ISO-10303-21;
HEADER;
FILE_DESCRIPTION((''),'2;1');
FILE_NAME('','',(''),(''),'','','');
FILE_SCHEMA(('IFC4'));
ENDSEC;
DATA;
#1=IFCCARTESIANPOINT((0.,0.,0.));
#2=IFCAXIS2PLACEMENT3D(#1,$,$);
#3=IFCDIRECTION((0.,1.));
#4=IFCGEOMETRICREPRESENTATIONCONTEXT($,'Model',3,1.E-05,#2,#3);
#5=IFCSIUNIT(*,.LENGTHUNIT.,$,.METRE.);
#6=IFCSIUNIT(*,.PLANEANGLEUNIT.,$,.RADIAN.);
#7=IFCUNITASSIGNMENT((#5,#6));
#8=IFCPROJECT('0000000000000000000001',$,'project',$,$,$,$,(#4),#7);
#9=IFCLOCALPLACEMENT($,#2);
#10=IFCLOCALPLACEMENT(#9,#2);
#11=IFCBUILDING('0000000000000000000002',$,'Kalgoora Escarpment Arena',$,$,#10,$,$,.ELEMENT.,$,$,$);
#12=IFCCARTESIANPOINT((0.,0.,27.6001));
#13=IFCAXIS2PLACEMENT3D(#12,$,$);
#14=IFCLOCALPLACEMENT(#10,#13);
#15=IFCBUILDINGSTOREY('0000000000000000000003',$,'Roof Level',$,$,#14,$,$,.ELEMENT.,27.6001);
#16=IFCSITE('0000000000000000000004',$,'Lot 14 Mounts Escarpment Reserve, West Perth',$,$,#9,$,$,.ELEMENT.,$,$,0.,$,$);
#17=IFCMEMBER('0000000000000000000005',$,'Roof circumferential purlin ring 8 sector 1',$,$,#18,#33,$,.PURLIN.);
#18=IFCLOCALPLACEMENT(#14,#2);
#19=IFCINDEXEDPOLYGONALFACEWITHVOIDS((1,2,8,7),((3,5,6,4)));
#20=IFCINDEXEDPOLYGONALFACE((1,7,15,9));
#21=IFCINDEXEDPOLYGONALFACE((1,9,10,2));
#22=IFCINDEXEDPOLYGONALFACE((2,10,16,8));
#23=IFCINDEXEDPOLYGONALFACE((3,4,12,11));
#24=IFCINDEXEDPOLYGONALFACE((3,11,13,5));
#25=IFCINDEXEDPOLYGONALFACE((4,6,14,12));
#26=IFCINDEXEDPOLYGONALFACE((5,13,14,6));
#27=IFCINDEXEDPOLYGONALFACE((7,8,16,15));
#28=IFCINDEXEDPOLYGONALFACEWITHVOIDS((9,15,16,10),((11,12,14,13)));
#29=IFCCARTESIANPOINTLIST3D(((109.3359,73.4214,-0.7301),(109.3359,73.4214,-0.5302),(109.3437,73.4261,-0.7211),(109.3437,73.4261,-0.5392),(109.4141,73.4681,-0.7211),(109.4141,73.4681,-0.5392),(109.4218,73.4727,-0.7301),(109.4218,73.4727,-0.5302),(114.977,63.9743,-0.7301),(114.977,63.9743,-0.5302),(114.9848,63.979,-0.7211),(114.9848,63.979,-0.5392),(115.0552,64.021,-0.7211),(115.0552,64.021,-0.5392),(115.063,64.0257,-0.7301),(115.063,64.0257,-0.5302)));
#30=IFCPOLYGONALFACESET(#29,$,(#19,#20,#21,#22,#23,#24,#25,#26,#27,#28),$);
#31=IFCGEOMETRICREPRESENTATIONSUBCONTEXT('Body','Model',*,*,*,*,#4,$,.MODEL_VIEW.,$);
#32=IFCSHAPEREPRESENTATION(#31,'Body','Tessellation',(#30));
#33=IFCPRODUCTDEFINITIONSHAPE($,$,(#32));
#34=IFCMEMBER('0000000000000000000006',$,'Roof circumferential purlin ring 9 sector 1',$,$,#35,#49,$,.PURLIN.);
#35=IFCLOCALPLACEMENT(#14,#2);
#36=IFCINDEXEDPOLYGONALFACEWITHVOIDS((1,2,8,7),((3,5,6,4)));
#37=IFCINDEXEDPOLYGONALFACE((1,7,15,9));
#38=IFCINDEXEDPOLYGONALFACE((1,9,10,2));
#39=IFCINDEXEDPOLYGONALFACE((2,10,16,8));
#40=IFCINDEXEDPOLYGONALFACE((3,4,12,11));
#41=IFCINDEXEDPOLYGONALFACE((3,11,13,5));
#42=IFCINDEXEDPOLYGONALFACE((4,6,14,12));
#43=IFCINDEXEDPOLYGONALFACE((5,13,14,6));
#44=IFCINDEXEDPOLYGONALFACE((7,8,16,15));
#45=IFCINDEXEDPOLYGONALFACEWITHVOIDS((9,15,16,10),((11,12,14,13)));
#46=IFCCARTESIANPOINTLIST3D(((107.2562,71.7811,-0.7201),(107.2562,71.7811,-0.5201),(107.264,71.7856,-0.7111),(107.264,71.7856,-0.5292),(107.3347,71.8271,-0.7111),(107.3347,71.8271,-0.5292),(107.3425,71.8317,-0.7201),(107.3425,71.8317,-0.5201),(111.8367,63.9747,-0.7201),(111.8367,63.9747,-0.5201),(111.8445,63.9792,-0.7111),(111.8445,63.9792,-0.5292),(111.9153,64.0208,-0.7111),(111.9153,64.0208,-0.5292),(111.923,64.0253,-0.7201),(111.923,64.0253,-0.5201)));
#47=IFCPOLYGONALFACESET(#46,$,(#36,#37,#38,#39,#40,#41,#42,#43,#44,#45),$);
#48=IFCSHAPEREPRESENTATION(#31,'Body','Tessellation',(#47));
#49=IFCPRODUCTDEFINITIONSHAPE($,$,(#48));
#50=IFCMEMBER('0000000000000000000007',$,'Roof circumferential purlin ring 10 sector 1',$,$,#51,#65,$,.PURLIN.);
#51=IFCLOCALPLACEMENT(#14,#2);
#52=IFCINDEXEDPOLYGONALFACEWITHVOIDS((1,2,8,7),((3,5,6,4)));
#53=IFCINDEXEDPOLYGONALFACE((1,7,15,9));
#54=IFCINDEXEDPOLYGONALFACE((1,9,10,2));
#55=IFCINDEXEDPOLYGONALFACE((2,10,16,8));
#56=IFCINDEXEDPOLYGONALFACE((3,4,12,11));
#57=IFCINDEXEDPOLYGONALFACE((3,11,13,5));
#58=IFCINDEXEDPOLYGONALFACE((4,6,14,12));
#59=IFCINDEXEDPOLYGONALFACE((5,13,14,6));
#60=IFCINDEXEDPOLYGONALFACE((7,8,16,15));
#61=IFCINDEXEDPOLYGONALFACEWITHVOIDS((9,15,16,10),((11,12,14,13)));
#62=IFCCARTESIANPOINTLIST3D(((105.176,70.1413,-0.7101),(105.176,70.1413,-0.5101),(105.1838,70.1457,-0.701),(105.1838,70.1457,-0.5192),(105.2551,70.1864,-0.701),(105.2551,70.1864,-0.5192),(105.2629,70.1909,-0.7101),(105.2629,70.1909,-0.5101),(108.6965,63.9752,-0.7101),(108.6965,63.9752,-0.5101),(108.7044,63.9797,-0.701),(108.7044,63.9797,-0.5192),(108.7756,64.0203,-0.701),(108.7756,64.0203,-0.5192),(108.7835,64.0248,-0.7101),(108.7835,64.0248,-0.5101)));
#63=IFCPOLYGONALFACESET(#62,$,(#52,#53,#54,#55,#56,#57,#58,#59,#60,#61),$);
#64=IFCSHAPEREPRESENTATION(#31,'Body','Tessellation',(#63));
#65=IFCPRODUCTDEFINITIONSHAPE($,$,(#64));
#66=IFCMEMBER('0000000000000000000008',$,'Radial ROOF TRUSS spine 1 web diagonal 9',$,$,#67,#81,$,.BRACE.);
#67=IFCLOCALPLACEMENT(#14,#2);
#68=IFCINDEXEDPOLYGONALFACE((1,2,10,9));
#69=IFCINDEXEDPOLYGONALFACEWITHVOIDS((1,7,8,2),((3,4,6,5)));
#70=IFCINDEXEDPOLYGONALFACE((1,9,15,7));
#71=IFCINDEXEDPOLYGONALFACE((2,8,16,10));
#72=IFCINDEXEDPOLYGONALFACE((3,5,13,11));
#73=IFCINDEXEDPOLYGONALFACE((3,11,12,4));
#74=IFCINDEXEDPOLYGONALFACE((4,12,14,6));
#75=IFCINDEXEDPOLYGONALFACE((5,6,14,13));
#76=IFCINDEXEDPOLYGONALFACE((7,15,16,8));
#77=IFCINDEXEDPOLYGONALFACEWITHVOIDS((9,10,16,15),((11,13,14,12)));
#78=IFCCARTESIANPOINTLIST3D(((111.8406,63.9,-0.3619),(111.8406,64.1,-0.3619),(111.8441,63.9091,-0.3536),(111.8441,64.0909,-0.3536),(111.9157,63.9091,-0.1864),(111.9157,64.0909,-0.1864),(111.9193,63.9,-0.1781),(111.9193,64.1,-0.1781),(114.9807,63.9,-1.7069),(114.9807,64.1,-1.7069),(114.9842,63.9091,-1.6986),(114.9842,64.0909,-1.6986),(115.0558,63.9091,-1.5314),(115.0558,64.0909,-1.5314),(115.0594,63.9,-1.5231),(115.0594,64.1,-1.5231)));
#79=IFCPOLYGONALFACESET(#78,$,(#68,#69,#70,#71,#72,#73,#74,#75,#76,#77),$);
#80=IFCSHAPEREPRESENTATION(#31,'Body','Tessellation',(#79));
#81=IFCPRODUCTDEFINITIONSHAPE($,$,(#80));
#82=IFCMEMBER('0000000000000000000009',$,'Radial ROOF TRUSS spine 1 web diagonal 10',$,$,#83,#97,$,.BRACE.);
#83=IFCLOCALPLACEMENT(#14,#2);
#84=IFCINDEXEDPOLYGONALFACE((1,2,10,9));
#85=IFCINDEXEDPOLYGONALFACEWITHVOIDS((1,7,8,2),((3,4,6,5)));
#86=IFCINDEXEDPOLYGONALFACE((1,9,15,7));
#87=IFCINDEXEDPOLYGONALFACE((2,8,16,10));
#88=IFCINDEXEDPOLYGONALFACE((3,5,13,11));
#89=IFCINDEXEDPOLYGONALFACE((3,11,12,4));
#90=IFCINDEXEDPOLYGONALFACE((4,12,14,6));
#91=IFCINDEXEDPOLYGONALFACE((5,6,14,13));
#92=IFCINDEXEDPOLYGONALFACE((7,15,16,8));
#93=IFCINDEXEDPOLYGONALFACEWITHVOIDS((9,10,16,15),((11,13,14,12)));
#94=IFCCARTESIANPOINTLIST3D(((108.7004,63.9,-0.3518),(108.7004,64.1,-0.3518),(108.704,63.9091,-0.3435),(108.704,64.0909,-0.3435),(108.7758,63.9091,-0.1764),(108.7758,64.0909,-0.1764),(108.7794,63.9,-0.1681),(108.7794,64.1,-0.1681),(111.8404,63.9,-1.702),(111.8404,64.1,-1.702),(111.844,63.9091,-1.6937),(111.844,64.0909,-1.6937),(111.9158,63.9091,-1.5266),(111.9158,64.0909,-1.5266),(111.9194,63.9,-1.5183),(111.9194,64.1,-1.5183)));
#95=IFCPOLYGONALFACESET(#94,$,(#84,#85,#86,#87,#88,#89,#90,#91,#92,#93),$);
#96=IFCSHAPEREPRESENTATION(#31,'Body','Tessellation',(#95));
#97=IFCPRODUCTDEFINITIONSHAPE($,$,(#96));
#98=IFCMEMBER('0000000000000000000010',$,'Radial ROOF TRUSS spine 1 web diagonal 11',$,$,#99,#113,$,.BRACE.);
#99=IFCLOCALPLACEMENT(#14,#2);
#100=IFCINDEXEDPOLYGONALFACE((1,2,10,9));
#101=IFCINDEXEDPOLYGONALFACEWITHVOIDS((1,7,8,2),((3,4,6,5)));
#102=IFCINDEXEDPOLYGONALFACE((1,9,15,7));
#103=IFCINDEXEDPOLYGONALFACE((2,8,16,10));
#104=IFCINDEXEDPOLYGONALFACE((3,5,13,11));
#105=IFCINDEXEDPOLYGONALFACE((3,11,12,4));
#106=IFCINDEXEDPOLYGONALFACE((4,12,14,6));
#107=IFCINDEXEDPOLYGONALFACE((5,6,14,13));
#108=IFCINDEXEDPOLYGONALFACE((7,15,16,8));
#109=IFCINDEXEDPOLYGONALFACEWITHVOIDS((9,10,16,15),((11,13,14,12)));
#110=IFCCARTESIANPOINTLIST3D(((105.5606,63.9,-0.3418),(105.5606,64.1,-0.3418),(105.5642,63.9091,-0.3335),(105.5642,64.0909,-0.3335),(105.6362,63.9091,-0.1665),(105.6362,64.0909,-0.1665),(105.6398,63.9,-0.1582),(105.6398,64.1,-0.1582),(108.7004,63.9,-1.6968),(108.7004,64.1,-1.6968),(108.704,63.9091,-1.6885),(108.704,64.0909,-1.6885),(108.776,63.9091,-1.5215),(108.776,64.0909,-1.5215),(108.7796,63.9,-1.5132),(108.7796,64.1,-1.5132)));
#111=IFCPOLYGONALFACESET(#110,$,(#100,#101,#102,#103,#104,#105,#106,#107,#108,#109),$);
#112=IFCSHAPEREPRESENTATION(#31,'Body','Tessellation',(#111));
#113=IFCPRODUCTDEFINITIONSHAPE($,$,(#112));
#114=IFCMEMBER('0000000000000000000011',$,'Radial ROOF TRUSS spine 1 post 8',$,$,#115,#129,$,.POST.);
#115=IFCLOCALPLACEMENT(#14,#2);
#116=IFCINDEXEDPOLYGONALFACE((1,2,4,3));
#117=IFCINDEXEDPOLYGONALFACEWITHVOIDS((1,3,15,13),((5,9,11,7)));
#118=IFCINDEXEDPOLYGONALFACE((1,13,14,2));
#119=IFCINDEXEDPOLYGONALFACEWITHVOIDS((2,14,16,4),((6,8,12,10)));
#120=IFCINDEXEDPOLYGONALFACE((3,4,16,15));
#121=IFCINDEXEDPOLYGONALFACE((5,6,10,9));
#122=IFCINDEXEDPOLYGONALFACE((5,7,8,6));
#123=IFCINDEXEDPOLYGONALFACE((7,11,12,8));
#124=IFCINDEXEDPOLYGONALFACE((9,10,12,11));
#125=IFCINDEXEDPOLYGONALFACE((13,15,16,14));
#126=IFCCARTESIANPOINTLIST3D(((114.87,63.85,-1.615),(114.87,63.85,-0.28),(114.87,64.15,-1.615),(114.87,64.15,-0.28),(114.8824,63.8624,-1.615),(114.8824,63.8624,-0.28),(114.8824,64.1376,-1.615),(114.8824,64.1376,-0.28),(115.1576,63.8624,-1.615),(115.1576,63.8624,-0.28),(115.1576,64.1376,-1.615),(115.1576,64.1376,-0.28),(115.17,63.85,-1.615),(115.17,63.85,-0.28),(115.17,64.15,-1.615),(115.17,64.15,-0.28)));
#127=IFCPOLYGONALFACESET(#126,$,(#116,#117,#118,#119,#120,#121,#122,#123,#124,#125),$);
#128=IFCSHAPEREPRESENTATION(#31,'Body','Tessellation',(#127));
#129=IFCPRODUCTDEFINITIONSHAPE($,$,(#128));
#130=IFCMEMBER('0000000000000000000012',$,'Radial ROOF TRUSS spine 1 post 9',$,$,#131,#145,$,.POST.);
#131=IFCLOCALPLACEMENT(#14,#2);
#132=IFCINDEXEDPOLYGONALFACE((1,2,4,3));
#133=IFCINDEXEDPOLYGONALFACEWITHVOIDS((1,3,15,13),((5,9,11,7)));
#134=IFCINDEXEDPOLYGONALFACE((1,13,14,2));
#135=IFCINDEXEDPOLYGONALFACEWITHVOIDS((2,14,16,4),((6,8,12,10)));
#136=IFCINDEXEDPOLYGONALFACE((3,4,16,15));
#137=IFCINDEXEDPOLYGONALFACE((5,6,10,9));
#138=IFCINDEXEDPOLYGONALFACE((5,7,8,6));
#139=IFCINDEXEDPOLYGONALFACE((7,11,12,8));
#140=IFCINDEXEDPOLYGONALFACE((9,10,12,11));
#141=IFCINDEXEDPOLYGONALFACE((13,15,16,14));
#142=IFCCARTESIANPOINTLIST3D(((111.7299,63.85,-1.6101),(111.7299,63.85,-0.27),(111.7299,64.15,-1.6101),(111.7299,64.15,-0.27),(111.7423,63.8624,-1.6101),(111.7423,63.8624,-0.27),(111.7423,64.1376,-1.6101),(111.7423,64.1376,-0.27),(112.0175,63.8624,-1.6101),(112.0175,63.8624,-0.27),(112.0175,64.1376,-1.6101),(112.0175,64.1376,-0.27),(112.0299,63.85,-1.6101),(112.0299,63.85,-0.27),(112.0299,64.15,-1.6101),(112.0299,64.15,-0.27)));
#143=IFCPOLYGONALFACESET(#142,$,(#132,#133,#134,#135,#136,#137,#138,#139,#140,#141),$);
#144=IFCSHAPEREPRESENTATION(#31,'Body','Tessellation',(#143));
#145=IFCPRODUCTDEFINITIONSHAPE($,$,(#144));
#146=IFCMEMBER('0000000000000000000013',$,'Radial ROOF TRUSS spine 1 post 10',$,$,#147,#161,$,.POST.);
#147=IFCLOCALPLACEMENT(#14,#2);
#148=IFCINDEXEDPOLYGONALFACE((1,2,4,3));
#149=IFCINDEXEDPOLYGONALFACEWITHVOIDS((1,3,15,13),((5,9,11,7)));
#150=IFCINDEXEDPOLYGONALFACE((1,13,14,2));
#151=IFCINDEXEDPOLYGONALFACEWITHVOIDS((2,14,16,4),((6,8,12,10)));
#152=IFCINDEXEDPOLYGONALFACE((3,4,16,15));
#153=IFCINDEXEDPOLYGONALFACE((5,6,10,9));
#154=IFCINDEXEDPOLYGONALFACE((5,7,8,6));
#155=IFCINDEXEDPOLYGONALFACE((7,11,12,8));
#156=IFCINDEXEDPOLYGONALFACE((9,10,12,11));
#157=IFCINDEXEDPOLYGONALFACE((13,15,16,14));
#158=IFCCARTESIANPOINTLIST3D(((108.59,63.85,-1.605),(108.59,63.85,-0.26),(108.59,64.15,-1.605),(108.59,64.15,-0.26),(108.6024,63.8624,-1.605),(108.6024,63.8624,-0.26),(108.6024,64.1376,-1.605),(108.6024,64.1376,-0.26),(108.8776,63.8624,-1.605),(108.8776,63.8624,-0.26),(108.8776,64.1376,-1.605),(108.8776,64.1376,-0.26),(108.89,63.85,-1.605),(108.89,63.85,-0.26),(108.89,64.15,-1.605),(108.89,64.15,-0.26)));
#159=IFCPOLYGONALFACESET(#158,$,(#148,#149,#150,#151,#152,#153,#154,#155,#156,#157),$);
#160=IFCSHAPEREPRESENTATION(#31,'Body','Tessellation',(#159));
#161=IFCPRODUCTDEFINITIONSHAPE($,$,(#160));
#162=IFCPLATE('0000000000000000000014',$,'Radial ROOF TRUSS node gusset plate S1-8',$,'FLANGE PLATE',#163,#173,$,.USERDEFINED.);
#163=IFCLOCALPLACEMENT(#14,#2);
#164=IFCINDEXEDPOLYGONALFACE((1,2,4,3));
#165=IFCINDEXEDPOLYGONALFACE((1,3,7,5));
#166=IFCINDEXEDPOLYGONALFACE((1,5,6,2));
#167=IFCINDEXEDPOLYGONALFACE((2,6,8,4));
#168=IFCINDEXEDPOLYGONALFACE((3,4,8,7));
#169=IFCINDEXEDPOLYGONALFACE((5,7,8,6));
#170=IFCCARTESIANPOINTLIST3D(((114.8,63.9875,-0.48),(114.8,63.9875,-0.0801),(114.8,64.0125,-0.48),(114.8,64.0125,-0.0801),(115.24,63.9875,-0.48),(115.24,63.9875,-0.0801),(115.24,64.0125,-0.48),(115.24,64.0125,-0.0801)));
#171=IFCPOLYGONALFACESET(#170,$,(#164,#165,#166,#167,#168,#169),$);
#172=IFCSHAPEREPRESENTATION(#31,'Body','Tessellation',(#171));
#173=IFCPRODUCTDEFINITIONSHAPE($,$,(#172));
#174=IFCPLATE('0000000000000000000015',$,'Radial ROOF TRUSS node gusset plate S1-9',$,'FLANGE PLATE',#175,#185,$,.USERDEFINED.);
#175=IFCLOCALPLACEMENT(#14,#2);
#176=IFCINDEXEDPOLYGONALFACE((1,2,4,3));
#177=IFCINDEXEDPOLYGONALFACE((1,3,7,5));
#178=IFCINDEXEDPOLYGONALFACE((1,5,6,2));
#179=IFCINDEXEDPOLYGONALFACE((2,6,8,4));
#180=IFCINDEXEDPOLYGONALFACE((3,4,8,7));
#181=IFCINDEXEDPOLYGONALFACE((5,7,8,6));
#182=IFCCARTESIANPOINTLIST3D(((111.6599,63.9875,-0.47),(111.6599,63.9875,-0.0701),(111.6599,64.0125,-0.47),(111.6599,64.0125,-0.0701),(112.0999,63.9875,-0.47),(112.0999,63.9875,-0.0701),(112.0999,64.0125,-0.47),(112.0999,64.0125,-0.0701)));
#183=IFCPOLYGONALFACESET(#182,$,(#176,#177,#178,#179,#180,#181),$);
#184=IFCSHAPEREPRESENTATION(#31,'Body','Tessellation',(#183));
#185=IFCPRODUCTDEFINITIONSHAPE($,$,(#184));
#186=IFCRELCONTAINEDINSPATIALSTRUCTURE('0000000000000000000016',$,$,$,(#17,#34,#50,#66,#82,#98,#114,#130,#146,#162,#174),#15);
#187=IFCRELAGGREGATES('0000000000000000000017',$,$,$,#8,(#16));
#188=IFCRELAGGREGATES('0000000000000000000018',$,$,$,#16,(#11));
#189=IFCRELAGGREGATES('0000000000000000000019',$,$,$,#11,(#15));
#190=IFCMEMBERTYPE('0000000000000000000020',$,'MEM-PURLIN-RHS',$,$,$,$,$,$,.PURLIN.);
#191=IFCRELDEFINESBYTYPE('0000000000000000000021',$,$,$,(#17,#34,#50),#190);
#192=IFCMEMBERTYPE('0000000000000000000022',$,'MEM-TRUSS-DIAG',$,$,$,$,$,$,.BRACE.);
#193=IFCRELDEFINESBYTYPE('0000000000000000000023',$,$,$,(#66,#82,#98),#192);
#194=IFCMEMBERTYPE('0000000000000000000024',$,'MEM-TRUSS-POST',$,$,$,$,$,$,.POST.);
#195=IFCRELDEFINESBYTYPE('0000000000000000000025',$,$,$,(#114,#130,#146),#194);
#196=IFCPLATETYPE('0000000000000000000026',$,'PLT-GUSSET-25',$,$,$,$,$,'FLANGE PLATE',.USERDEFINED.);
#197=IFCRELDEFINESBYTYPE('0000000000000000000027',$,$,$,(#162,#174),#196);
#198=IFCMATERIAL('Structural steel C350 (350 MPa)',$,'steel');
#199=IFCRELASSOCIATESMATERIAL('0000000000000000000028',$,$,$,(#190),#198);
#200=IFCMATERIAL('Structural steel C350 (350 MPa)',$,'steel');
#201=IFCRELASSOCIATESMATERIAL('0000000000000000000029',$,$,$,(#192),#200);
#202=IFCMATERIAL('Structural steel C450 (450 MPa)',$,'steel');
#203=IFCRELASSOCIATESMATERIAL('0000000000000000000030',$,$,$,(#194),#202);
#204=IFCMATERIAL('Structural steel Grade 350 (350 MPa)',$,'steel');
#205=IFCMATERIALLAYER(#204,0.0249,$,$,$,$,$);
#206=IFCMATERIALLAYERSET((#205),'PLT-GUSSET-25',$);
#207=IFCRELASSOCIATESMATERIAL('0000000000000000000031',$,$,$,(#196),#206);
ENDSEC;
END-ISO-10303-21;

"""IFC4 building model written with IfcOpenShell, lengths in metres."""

from ifc_helpers import new_model, si_unit, direction, frame, origin, origin_2d, place, context, subcontext, project, spatial, rectangle, hollow_rectangle, extrude, material, layer, layer_set, material_profile, profile_set, type_object, element, save


model = new_model("IFC4")

# Units and contexts
model_context = context("Model", 3, precision=1e-05, world=origin(), true_north=direction((0.0, 1.0)))
body_context = subcontext(model_context, "Body", "Model", "MODEL_VIEW")
ifc_project = project(units=[si_unit("LENGTHUNIT", "METRE"), si_unit("PLANEANGLEUNIT", "RADIAN")], contexts=[model_context])

# Site, building, storey
site_placement = place(None, origin())
site = spatial("IfcSite", under=ifc_project, at=site_placement, Name="Lot 14 Mounts Escarpment Reserve, West Perth", CompositionType="ELEMENT", RefElevation=0.0)
building_placement = place(site_placement, origin())
building = spatial("IfcBuilding", under=site, at=building_placement, Name="Kalgoora Escarpment Arena", CompositionType="ELEMENT")
storey_placement = place(building_placement, frame((0.0, 0.0, 27.6001)))
storey = spatial("IfcBuildingStorey", under=building, at=storey_placement, Name="Roof Level", CompositionType="ELEMENT", Elevation=27.6001)

# Members
ifc_material_1 = material(Name="Structural steel C350 (350 MPa)", Category="steel")
ifc_material_profile_1 = material_profile(ifc_material_1, hollow_rectangle(XDim=0.1001, YDim=0.2, WallThickness=0.009, at=origin_2d()))
ifc_profile_set_1 = profile_set([ifc_material_profile_1], Name="Structural steel C350 (350 MPa)")
member_type_1 = type_object("IfcMemberType", Name="MEM-PURLIN-RHS", PredefinedType="PURLIN", material=ifc_profile_set_1)
member_1_placement = place(storey_placement, frame((115.02, 64.0, -0.6301), z_axis=(-0.512684, 0.858578, 0.0), x_axis=(-0.858578, -0.512684, 0.0)))
element("IfcMember", 1, at=member_1_placement, inside=storey, type_object=member_type_1, Name="Roof circumferential purlin ring 8 sector 1", PredefinedType="PURLIN", context=body_context, shape_type="SweptSolid", body=[
    extrude(hollow_rectangle(XDim=0.1001, YDim=0.2, WallThickness=0.009, at=origin_2d()), origin(), (0.0, 0.0, 1.0), 11.0032),
])
member_2_placement = place(storey_placement, frame((111.8799, 64.0, -0.6201), z_axis=(-0.506082, 0.862486, 0.0), x_axis=(-0.862486, -0.506082, 0.0)))
element("IfcMember", 2, at=member_2_placement, inside=storey, type_object=member_type_1, Name="Roof circumferential purlin ring 9 sector 1", PredefinedType="PURLIN", context=body_context, shape_type="SweptSolid", body=[
    extrude(hollow_rectangle(XDim=0.1001, YDim=0.2, WallThickness=0.009, at=origin_2d()), origin(), (0.0, 0.0, 1.0), 9.051),
])
member_3_placement = place(storey_placement, frame((108.74, 64.0, -0.6101), z_axis=(-0.495828, 0.868421, 0.0), x_axis=(-0.868421, -0.495828, 0.0)))
element("IfcMember", 3, at=member_3_placement, inside=storey, type_object=member_type_1, Name="Roof circumferential purlin ring 10 sector 1", PredefinedType="PURLIN", context=body_context, shape_type="SweptSolid", body=[
    extrude(hollow_rectangle(XDim=0.1001, YDim=0.2, WallThickness=0.009, at=origin_2d()), origin(), (0.0, 0.0, 1.0), 7.1003),
])
ifc_material_2 = material(Name="Structural steel C350 (350 MPa)", Category="steel")
ifc_material_profile_2 = material_profile(ifc_material_2, hollow_rectangle(XDim=0.2, YDim=0.2, WallThickness=0.009, at=origin_2d()))
ifc_profile_set_2 = profile_set([ifc_material_profile_2], Name="Structural steel C350 (350 MPa)")
member_type_2 = type_object("IfcMemberType", Name="MEM-TRUSS-DIAG", PredefinedType="BRACE", material=ifc_profile_set_2)
member_4_placement = place(storey_placement, frame((115.02, 64.0, -1.615), z_axis=(-0.91923, 0.0, 0.393721), x_axis=(0.0, 1.0, 0.0)))
element("IfcMember", 4, at=member_4_placement, inside=storey, type_object=member_type_2, Name="Radial ROOF TRUSS spine 1 web diagonal 9", PredefinedType="BRACE", context=body_context, shape_type="SweptSolid", body=[
    extrude(hollow_rectangle(XDim=0.2, YDim=0.2, WallThickness=0.009, at=origin_2d()), origin(), (0.0, 0.0, 1.0), 3.416),
])
member_5_placement = place(storey_placement, frame((111.8799, 64.0, -1.6101), z_axis=(-0.918675, 0.0, 0.395014), x_axis=(0.0, 1.0, 0.0)))
element("IfcMember", 5, at=member_5_placement, inside=storey, type_object=member_type_2, Name="Radial ROOF TRUSS spine 1 web diagonal 10", PredefinedType="BRACE", context=body_context, shape_type="SweptSolid", body=[
    extrude(hollow_rectangle(XDim=0.2, YDim=0.2, WallThickness=0.009, at=origin_2d()), origin(), (0.0, 0.0, 1.0), 3.418),
])
member_6_placement = place(storey_placement, frame((108.74, 64.0, -1.605), z_axis=(-0.918156, 0.0, 0.396219), x_axis=(0.0, 1.0, 0.0)))
element("IfcMember", 6, at=member_6_placement, inside=storey, type_object=member_type_2, Name="Radial ROOF TRUSS spine 1 web diagonal 11", PredefinedType="BRACE", context=body_context, shape_type="SweptSolid", body=[
    extrude(hollow_rectangle(XDim=0.2, YDim=0.2, WallThickness=0.009, at=origin_2d()), origin(), (0.0, 0.0, 1.0), 3.4197),
])
ifc_material_3 = material(Name="Structural steel C450 (450 MPa)", Category="steel")
ifc_material_profile_3 = material_profile(ifc_material_3, hollow_rectangle(XDim=0.3, YDim=0.3, WallThickness=0.0125, at=origin_2d()))
ifc_profile_set_3 = profile_set([ifc_material_profile_3], Name="Structural steel C450 (450 MPa)")
member_type_3 = type_object("IfcMemberType", Name="MEM-TRUSS-POST", PredefinedType="POST", material=ifc_profile_set_3)
member_7_placement = place(storey_placement, frame((115.02, 64.0, -1.615), z_axis=(0.0, 0.0, 1.0), x_axis=(-1.0, 0.0, 0.0)))
element("IfcMember", 7, at=member_7_placement, inside=storey, type_object=member_type_3, Name="Radial ROOF TRUSS spine 1 post 8", PredefinedType="POST", context=body_context, shape_type="SweptSolid", body=[
    extrude(hollow_rectangle(XDim=0.3, YDim=0.3, WallThickness=0.0125, at=origin_2d()), origin(), (0.0, 0.0, 1.0), 1.335),
])
member_8_placement = place(storey_placement, frame((111.8799, 64.0, -1.6101), z_axis=(0.0, 0.0, 1.0), x_axis=(-1.0, 0.0, 0.0)))
element("IfcMember", 8, at=member_8_placement, inside=storey, type_object=member_type_3, Name="Radial ROOF TRUSS spine 1 post 9", PredefinedType="POST", context=body_context, shape_type="SweptSolid", body=[
    extrude(hollow_rectangle(XDim=0.3, YDim=0.3, WallThickness=0.0125, at=origin_2d()), origin(), (0.0, 0.0, 1.0), 1.3401),
])
member_9_placement = place(storey_placement, frame((108.74, 64.0, -1.605), z_axis=(0.0, 0.0, 1.0), x_axis=(-1.0, 0.0, 0.0)))
element("IfcMember", 9, at=member_9_placement, inside=storey, type_object=member_type_3, Name="Radial ROOF TRUSS spine 1 post 10", PredefinedType="POST", context=body_context, shape_type="SweptSolid", body=[
    extrude(hollow_rectangle(XDim=0.3, YDim=0.3, WallThickness=0.0125, at=origin_2d()), origin(), (0.0, 0.0, 1.0), 1.345),
])

# Plates
ifc_material_4 = material(Name="Structural steel Grade 350 (350 MPa)", Category="steel")
ifc_layer_1 = layer(ifc_material_4, 0.0249)
ifc_layer_set_1 = layer_set([ifc_layer_1], Name="PLT-GUSSET-25")
plate_type = type_object("IfcPlateType", Name="PLT-GUSSET-25", ElementType="FLANGE PLATE", PredefinedType="USERDEFINED", material=ifc_layer_set_1)
for number, where, z_axis, x_axis, name in (
    (10, (115.02, 64.0, -0.48), (0.0, 0.0, 1.0), (-1.0, 0.0, 0.0), "Radial ROOF TRUSS node gusset plate S1-8"),
    (11, (111.8799, 64.0, -0.47), (0.0, 0.0, 1.0), (-1.0, 0.0, 0.0), "Radial ROOF TRUSS node gusset plate S1-9"),
):
    element("IfcPlate", number, at=place(storey_placement, frame(where, z_axis=z_axis, x_axis=x_axis)), inside=storey, type_object=plate_type, Name=name, ObjectType="FLANGE PLATE", PredefinedType="USERDEFINED", context=body_context, shape_type="SweptSolid", body=[
        extrude(rectangle(XDim=0.4399, YDim=0.0249, at=origin_2d()), origin(), (0.0, 0.0, 1.0), 0.3999),
    ])

save(model, "model.ifc")
